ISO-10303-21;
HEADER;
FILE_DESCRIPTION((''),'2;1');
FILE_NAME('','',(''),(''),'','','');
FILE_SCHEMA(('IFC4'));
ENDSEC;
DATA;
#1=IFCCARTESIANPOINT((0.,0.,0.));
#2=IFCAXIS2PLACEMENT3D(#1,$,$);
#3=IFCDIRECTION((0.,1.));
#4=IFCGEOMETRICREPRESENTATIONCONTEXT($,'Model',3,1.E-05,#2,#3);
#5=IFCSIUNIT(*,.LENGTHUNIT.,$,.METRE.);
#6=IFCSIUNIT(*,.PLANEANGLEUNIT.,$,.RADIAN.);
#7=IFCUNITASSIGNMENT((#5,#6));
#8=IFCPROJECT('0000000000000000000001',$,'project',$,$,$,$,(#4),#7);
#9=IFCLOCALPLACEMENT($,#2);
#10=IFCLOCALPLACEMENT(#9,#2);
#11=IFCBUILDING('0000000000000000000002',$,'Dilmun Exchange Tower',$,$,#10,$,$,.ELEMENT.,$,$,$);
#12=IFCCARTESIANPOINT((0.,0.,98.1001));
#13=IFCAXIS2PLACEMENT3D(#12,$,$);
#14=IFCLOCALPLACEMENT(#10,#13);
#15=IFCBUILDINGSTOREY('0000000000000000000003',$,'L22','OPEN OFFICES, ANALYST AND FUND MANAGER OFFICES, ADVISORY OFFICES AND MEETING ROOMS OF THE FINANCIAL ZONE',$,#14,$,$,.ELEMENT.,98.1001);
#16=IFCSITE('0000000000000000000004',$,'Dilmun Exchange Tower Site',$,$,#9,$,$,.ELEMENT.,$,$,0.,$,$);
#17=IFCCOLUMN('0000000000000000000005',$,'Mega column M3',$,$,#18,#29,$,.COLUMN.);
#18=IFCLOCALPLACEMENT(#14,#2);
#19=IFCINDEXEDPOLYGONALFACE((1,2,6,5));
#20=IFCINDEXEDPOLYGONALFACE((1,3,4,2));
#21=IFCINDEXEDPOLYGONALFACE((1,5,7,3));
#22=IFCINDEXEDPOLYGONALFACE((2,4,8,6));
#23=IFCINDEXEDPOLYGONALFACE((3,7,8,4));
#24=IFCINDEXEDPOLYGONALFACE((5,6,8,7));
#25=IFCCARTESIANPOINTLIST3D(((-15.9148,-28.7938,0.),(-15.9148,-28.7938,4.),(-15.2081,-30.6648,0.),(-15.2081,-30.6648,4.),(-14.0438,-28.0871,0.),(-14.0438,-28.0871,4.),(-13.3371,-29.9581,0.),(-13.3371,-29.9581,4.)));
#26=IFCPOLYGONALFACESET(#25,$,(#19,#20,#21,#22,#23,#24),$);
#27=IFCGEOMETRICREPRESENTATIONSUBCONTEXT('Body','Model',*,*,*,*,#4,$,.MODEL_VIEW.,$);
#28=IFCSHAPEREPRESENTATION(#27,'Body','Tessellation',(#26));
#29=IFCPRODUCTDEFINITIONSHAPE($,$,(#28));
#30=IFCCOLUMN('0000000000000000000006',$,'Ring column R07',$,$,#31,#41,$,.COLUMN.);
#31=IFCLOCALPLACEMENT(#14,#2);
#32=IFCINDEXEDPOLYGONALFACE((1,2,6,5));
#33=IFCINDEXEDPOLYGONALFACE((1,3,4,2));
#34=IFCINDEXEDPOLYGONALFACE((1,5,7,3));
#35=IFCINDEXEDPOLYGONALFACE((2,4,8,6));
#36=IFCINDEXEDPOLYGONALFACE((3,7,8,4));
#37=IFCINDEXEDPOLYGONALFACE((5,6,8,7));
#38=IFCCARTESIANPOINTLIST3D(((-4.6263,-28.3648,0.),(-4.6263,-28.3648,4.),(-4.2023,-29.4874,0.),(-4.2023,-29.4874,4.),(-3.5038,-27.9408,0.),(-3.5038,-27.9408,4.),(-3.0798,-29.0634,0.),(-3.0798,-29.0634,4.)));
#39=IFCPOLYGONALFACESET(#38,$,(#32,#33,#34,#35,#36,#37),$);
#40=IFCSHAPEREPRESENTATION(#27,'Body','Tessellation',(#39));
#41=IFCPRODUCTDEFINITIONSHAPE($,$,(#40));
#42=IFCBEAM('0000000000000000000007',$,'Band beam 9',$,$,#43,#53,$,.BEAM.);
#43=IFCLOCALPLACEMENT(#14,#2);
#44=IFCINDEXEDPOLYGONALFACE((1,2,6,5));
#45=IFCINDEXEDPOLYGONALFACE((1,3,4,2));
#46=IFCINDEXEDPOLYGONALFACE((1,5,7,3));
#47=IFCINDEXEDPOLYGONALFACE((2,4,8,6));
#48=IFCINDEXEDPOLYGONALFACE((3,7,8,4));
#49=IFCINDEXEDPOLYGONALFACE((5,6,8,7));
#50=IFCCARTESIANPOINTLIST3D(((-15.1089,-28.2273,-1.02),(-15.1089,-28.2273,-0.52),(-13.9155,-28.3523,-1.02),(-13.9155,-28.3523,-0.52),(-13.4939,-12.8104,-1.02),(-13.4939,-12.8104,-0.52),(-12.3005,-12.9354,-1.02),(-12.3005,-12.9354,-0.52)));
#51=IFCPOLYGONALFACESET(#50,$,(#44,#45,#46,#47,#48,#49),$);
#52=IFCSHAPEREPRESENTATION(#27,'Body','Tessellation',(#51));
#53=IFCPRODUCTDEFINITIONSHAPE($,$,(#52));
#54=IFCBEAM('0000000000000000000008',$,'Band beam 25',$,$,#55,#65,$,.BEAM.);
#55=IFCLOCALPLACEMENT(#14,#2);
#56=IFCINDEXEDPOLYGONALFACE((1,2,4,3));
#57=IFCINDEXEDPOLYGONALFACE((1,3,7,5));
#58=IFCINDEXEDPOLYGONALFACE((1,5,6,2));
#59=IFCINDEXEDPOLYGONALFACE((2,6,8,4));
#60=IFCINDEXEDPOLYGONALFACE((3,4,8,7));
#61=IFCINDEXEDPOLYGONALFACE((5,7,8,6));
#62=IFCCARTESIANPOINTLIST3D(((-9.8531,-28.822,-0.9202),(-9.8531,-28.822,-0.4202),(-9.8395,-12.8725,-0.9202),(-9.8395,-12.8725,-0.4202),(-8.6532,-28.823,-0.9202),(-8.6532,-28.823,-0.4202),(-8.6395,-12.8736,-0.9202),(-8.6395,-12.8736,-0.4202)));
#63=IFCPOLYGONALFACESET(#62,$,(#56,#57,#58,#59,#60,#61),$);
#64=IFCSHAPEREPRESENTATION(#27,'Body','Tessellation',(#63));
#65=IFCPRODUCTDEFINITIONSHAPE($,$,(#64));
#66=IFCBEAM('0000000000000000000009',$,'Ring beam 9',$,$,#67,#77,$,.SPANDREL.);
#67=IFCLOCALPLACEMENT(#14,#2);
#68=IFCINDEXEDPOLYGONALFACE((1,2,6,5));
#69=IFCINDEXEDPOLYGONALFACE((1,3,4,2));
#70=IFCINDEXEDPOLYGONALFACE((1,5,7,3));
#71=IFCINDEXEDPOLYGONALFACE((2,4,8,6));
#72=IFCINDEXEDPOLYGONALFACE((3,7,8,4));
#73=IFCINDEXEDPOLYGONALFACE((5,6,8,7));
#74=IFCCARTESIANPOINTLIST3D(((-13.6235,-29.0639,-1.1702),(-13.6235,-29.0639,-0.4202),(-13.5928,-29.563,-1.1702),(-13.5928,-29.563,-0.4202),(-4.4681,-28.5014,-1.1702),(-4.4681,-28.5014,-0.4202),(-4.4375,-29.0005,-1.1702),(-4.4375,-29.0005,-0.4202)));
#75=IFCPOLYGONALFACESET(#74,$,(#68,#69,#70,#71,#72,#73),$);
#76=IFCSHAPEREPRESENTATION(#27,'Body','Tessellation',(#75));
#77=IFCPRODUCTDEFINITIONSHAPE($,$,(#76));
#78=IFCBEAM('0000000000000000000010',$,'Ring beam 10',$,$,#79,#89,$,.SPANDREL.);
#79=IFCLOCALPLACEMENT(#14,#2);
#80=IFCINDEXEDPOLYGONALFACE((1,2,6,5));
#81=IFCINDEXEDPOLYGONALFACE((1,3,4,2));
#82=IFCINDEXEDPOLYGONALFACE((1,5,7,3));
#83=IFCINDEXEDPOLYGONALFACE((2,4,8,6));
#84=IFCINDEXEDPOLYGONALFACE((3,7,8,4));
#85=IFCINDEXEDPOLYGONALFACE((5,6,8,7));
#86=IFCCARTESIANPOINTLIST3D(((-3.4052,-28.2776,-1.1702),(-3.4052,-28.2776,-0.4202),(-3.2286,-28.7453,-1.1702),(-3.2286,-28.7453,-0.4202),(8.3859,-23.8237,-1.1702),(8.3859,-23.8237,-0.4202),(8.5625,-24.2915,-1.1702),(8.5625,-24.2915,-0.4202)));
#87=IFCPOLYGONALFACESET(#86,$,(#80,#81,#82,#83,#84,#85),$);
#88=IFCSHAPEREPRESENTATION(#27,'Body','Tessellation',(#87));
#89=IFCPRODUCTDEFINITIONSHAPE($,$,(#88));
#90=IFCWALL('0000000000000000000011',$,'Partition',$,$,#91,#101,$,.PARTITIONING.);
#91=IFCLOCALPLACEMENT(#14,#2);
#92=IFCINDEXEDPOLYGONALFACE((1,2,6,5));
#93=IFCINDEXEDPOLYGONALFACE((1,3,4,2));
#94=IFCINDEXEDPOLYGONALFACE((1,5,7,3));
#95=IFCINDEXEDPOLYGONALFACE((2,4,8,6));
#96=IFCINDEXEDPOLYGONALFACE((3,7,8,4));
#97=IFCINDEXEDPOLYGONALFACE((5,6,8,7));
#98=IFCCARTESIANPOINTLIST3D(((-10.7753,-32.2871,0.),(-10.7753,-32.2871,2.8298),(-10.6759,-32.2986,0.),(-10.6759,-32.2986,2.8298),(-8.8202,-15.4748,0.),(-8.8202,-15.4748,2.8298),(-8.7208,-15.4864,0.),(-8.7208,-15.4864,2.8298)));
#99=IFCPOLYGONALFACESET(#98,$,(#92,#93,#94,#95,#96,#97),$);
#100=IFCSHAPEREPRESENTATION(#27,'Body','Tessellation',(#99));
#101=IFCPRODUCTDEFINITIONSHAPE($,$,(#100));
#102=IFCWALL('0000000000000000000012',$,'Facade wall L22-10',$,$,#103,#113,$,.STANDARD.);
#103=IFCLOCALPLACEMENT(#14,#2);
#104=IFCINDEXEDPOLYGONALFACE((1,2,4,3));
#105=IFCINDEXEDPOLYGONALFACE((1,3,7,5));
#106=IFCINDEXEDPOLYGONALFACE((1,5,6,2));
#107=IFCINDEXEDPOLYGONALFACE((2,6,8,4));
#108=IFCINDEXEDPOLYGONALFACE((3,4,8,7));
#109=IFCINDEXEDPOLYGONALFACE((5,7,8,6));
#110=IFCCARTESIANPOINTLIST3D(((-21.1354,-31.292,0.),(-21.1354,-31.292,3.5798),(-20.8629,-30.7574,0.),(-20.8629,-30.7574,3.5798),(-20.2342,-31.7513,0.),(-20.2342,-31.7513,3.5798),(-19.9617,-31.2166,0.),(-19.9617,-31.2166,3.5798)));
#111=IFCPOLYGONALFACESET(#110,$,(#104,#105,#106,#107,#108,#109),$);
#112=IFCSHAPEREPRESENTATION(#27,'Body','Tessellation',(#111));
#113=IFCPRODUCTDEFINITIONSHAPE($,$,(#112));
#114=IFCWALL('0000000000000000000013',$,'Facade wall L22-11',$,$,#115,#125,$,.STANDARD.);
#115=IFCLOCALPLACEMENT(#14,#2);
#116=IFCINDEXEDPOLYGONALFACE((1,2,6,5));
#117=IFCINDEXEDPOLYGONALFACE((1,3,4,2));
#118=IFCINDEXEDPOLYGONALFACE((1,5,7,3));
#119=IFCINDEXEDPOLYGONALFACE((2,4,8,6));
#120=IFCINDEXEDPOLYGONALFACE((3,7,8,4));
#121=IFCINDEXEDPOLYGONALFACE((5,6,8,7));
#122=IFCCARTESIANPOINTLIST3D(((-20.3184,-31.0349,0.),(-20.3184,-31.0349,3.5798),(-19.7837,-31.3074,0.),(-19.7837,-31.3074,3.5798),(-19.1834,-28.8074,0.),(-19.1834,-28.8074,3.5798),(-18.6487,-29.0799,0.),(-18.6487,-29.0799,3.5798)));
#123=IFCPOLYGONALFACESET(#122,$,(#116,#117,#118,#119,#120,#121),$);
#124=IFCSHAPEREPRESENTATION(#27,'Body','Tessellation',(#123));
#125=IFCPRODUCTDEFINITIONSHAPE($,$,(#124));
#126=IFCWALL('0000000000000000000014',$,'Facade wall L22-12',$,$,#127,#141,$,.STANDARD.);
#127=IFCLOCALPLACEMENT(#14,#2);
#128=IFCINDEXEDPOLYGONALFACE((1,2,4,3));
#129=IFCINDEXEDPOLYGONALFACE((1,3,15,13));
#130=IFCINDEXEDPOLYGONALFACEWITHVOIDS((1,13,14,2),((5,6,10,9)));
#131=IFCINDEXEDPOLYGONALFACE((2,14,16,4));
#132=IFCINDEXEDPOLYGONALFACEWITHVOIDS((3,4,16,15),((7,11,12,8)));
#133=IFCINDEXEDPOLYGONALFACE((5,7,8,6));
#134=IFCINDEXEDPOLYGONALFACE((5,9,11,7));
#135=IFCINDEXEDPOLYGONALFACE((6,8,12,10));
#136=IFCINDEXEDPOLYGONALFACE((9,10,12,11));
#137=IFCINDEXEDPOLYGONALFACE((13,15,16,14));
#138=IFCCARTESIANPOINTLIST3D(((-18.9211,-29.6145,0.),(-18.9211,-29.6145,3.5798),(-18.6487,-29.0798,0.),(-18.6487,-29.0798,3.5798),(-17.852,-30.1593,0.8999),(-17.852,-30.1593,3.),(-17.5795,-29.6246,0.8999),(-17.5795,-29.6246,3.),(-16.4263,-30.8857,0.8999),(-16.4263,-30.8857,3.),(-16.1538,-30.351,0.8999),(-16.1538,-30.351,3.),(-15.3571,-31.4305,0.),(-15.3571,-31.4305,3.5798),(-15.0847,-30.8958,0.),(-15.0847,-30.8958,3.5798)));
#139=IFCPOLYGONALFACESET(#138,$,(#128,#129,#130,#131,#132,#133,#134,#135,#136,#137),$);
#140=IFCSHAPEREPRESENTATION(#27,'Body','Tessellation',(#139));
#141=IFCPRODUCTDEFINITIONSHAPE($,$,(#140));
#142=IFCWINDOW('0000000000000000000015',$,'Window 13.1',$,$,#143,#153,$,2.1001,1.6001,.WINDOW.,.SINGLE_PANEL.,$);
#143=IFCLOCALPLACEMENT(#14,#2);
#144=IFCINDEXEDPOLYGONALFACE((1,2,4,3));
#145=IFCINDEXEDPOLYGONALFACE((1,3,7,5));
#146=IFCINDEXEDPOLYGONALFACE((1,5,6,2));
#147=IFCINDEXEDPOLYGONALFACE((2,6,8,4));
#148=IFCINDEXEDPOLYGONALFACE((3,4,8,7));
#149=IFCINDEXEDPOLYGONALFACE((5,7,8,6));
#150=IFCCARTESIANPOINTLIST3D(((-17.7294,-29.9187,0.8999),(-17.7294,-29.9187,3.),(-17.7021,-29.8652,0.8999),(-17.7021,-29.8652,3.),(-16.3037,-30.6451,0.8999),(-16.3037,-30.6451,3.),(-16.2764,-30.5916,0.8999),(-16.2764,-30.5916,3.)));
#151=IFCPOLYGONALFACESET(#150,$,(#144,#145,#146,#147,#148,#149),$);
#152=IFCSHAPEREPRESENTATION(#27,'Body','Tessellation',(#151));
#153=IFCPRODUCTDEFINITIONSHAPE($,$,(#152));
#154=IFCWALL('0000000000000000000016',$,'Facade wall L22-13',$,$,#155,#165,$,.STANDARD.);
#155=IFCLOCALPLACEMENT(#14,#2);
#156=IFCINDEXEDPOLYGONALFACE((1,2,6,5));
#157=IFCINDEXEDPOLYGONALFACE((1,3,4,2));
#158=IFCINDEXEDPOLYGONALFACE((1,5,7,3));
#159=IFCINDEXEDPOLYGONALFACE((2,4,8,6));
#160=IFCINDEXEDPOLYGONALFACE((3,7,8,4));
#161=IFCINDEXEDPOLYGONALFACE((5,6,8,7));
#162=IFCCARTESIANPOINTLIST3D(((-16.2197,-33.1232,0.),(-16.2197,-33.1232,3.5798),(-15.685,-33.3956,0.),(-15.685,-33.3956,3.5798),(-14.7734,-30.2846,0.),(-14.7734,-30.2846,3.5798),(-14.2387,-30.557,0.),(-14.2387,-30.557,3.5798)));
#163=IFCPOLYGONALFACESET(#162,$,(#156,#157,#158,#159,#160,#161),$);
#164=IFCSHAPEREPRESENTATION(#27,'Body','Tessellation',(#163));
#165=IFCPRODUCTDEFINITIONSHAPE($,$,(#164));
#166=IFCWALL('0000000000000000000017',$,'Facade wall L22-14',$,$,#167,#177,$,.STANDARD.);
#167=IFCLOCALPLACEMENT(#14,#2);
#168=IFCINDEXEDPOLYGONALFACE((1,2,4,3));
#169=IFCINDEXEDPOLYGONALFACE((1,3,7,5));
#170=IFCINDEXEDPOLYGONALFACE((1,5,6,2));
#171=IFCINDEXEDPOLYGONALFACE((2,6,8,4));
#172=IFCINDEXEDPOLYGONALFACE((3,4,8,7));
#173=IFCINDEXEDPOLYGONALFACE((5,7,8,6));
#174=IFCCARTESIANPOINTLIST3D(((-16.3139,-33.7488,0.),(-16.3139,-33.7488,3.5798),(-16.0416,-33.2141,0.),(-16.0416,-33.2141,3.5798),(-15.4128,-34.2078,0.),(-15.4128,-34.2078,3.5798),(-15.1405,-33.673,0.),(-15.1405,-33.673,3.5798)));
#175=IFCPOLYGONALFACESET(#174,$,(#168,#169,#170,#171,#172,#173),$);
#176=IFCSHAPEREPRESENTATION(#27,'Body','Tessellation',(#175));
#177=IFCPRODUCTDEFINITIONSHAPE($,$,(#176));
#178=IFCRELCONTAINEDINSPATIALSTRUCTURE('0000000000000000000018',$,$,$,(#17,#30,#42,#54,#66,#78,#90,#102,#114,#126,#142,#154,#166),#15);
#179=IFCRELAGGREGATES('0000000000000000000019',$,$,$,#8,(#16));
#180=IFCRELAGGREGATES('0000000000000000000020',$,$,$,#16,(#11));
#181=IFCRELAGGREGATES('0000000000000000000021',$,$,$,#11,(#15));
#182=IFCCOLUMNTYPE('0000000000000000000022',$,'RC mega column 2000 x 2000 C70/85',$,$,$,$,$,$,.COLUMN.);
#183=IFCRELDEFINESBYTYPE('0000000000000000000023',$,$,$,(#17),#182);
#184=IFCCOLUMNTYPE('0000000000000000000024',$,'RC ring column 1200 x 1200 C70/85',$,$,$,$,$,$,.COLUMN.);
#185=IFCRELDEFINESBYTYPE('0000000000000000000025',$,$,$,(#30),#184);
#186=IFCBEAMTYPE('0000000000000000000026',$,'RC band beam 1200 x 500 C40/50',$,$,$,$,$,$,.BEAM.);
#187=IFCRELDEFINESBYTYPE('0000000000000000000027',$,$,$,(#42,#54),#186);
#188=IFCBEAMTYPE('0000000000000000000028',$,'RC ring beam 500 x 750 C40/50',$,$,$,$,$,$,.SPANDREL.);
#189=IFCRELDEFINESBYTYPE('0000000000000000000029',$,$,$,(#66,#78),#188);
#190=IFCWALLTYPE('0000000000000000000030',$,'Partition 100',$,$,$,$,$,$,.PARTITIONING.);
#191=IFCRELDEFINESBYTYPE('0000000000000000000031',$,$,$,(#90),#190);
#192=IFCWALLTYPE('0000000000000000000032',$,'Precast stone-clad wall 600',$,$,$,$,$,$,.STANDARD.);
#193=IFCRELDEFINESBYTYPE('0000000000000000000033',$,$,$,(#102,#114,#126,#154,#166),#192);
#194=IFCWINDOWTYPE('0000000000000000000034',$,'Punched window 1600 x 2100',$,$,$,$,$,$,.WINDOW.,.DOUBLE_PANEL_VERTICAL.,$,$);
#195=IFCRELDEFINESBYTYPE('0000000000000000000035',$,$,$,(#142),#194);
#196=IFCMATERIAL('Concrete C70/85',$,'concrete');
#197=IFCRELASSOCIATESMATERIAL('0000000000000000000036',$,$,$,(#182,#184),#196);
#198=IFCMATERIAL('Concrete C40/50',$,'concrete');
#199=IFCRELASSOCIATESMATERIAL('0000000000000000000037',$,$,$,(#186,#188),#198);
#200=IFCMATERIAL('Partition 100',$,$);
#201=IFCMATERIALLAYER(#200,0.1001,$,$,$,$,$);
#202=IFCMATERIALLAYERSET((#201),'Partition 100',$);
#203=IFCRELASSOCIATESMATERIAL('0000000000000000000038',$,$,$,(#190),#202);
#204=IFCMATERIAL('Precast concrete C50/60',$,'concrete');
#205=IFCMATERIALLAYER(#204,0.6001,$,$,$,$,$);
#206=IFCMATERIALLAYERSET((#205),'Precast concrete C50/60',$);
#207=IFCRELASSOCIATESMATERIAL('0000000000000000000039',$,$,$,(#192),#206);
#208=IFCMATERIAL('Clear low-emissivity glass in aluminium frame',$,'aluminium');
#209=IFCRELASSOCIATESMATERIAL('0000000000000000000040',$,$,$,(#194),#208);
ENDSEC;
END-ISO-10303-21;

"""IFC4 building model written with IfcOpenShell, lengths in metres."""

from ifc_helpers import new_model, si_unit, direction, frame, frame_2d, origin, origin_2d, place, context, subcontext, project, spatial, rectangle, extrude, material, layer, layer_set, material_profile, profile_set, type_object, element, fill, save


model = new_model("IFC4")

# Units and contexts
model_context = context("Model", 3, precision=1e-05, world=origin(), true_north=direction((0.0, 1.0)))
body_context = subcontext(model_context, "Body", "Model", "MODEL_VIEW")
ifc_project = project(units=[si_unit("LENGTHUNIT", "METRE"), si_unit("PLANEANGLEUNIT", "RADIAN")], contexts=[model_context])

# Site, building, storey
site_placement = place(None, origin())
site = spatial("IfcSite", under=ifc_project, at=site_placement, Name="Dilmun Exchange Tower Site", CompositionType="ELEMENT", RefElevation=0.0)
building_placement = place(site_placement, origin())
building = spatial("IfcBuilding", under=site, at=building_placement, Name="Dilmun Exchange Tower", CompositionType="ELEMENT")
storey_placement = place(building_placement, frame((0.0, 0.0, 98.1001)))
storey = spatial("IfcBuildingStorey", under=building, at=storey_placement, Name="L22", Description="OPEN OFFICES, ANALYST AND FUND MANAGER OFFICES, ADVISORY OFFICES AND MEETING ROOMS OF THE FINANCIAL ZONE", CompositionType="ELEMENT", Elevation=98.1001)

# Columns
ifc_material_1 = material(Name="Concrete C70/85", Category="concrete")
ifc_material_profile_1 = material_profile(ifc_material_1, rectangle(XDim=2.0, YDim=2.0, at=origin_2d()), Name="2000 x 2000")
ifc_profile_set_1 = profile_set([ifc_material_profile_1], Name="Concrete C70/85")
column_type_1 = type_object("IfcColumnType", Name="RC mega column 2000 x 2000 C70/85", PredefinedType="COLUMN", material=ifc_profile_set_1)
column_1_placement = place(storey_placement, frame((-14.626, -29.376, 0.0), z_axis=(0.0, 0.0, 1.0), x_axis=(0.935492, 0.353349, 0.0)))
element("IfcColumn", 1, at=column_1_placement, inside=storey, type_object=column_type_1, Name="Mega column M3", PredefinedType="COLUMN", context=body_context, shape_type="SweptSolid", body=[
    extrude(rectangle(XDim=2.0, YDim=2.0, at=origin_2d()), origin(), (0.0, 0.0, 1.0), 4.0),
])
ifc_material_profile_2 = material_profile(ifc_material_1, rectangle(XDim=1.2, YDim=1.2, at=origin_2d()), Name="1200 x 1200")
ifc_profile_set_2 = profile_set([ifc_material_profile_2], Name="Concrete C70/85")
column_type_2 = type_object("IfcColumnType", Name="RC ring column 1200 x 1200 C70/85", PredefinedType="COLUMN", material=ifc_profile_set_2)
column_2_placement = place(storey_placement, frame((-3.853, -28.7141, 0.0), z_axis=(0.0, 0.0, 1.0), x_axis=(0.935492, 0.353349, 0.0)))
element("IfcColumn", 2, at=column_2_placement, inside=storey, type_object=column_type_2, Name="Ring column R07", PredefinedType="COLUMN", context=body_context, shape_type="SweptSolid", body=[
    extrude(rectangle(XDim=1.2, YDim=1.2, at=origin_2d()), origin(), (0.0, 0.0, 1.0), 4.0),
])

# Beams
ifc_material_2 = material(Name="Concrete C40/50", Category="concrete")
ifc_material_profile_3 = material_profile(ifc_material_2, rectangle(XDim=1.2, YDim=0.5, at=origin_2d()), Name="1200 x 500")
ifc_profile_set_3 = profile_set([ifc_material_profile_3], Name="Concrete C40/50")
beam_type_1 = type_object("IfcBeamType", Name="RC band beam 1200 x 500 C40/50", PredefinedType="BEAM", material=ifc_profile_set_3)
beam_1_placement = place(storey_placement, frame((-14.5122, -28.2898, -0.77), z_axis=(0.104185, 0.994558, 0.0), x_axis=(-0.994558, 0.104185, 0.0)))
element("IfcBeam", 3, at=beam_1_placement, inside=storey, type_object=beam_type_1, Name="Band beam 9", PredefinedType="BEAM", context=body_context, shape_type="SweptSolid", body=[
    extrude(rectangle(XDim=1.2, YDim=0.5, at=origin_2d()), origin(), (0.0, 0.0, 1.0), 15.5012),
])
beam_2_placement = place(storey_placement, frame((-9.2532, -28.8225, -0.6702), z_axis=(0.000857, 1.0, 0.0), x_axis=(-1.0, 0.000857, 0.0)))
element("IfcBeam", 4, at=beam_2_placement, inside=storey, type_object=beam_type_1, Name="Band beam 25", PredefinedType="BEAM", context=body_context, shape_type="SweptSolid", body=[
    extrude(rectangle(XDim=1.2, YDim=0.5, at=origin_2d()), origin(), (0.0, 0.0, 1.0), 15.9495),
])
ifc_material_profile_4 = material_profile(ifc_material_2, rectangle(XDim=0.5, YDim=0.75, at=origin_2d()), Name="500 x 750")
ifc_profile_set_4 = profile_set([ifc_material_profile_4], Name="Concrete C40/50")
beam_type_2 = type_object("IfcBeamType", Name="RC ring beam 500 x 750 C40/50", PredefinedType="SPANDREL", material=ifc_profile_set_4)
beam_3_placement = place(storey_placement, frame((-13.6082, -29.3135, -0.7952), z_axis=(0.998118, 0.061324, 0.0), x_axis=(-0.061324, 0.998118, 0.0)))
element("IfcBeam", 5, at=beam_3_placement, inside=storey, type_object=beam_type_2, Name="Ring beam 9", PredefinedType="SPANDREL", context=body_context, shape_type="SweptSolid", body=[
    extrude(rectangle(XDim=0.5, YDim=0.75, at=origin_2d()), origin(), (0.0, 0.0, 1.0), 9.1726),
])
beam_4_placement = place(storey_placement, frame((-3.3169, -28.5115, -0.7952), z_axis=(0.935486, 0.353364, 0.0), x_axis=(-0.353364, 0.935486, 0.0)))
element("IfcBeam", 6, at=beam_4_placement, inside=storey, type_object=beam_type_2, Name="Ring beam 10", PredefinedType="SPANDREL", context=body_context, shape_type="SweptSolid", body=[
    extrude(rectangle(XDim=0.5, YDim=0.75, at=origin_2d()), origin(), (0.0, 0.0, 1.0), 12.6042),
])

# Walls
ifc_material_3 = material(Name="Partition 100")
ifc_layer_1 = layer(ifc_material_3, 0.1001)
ifc_layer_set_1 = layer_set([ifc_layer_1], Name="Partition 100")
wall_type_1 = type_object("IfcWallType", Name="Partition 100", PredefinedType="PARTITIONING", material=ifc_layer_set_1)
wall_1_placement = place(storey_placement, frame((-10.7256, -32.293, 0.0), z_axis=(0.0, 0.0, 1.0), x_axis=(0.11551, 0.993306, 0.0)))
element("IfcWall", 7, at=wall_1_placement, inside=storey, type_object=wall_type_1, Name="Partition", PredefinedType="PARTITIONING", context=body_context, shape_type="SweptSolid", body=[
    extrude(rectangle(XDim=16.9255, YDim=0.1001, at=frame_2d((8.4629, 0.0))), origin(), (0.0, 0.0, 1.0), 2.8298),
])
ifc_material_4 = material(Name="Precast concrete C50/60", Category="concrete")
ifc_layer_2 = layer(ifc_material_4, 0.6001)
ifc_layer_set_2 = layer_set([ifc_layer_2], Name="Precast concrete C50/60")
wall_type_2 = type_object("IfcWallType", Name="Precast stone-clad wall 600", PredefinedType="STANDARD", material=ifc_layer_set_2)
wall_2_placement = place(storey_placement, frame((-20.9993, -31.0247, 0.0), z_axis=(0.0, 0.0, 1.0), x_axis=(0.890973, -0.454056, 0.0)))
element("IfcWall", 8, at=wall_2_placement, inside=storey, type_object=wall_type_2, Name="Facade wall L22-10", PredefinedType="STANDARD", context=body_context, shape_type="SweptSolid", body=[
    extrude(rectangle(XDim=1.0115, YDim=0.6001, at=frame_2d((0.5059, 0.0))), origin(), (0.0, 0.0, 1.0), 3.5798),
])
wall_3_placement = place(storey_placement, frame((-20.051, -31.1711, 0.0), z_axis=(0.0, 0.0, 1.0), x_axis=(0.453997, 0.891003, 0.0)))
element("IfcWall", 9, at=wall_3_placement, inside=storey, type_object=wall_type_2, Name="Facade wall L22-11", PredefinedType="STANDARD", context=body_context, shape_type="SweptSolid", body=[
    extrude(rectangle(XDim=2.5, YDim=0.6001, at=frame_2d((1.25, 0.0))), origin(), (0.0, 0.0, 1.0), 3.5798),
])

# Wall, opening, window
wall_4_placement = place(storey_placement, frame((-18.7849, -29.3472, 0.0), z_axis=(0.0, 0.0, 1.0), x_axis=(0.891008, -0.453988, 0.0)))
wall_4 = element("IfcWall", 10, at=wall_4_placement, inside=storey, type_object=wall_type_2, Name="Facade wall L22-12", PredefinedType="STANDARD", context=body_context, shape_type="SweptSolid", body=[
    extrude(rectangle(XDim=4.0, YDim=0.6001, at=frame_2d((2.0, 0.0))), origin(), (0.0, 0.0, 1.0), 3.5798),
])
opening_1_placement = place(wall_4_placement, frame((1.2, 0.0, 0.8999)))
opening_1 = element("IfcOpeningElement", 11, at=opening_1_placement, cuts=wall_4, PredefinedType="OPENING", context=body_context, shape_type="SweptSolid", body=[
    extrude(rectangle(XDim=1.6001, YDim=2.1001, at=frame_2d((0.8, 1.05))), frame((0.0, 0.3101, 0.0), z_axis=(0.0, -1.0, 0.0), x_axis=(1.0, 0.0, 0.0)), (0.0, 0.0, 1.0), 0.6201),
])
ifc_material_5 = material(Name="Clear low-emissivity glass in aluminium frame", Category="aluminium")
window_type_1 = type_object("IfcWindowType", Name="Punched window 1600 x 2100", PartitioningType="DOUBLE_PANEL_VERTICAL", PredefinedType="WINDOW", material=ifc_material_5)
window_1_placement = place(opening_1_placement, origin())
window_1 = element("IfcWindow", 12, at=window_1_placement, inside=storey, type_object=window_type_1, Name="Window 13.1", OverallHeight=2.1001, OverallWidth=1.6001, PartitioningType="SINGLE_PANEL", PredefinedType="WINDOW", context=body_context, shape_type="SweptSolid", body=[
    extrude(rectangle(XDim=1.6001, YDim=2.1001, at=frame_2d((0.8, 1.05))), frame((0.0, 0.03, 0.0), z_axis=(0.0, -1.0, 0.0), x_axis=(1.0, 0.0, 0.0)), (0.0, 0.0, 1.0), 0.0601),
])
fill(opening_1, window_1)

# Walls
wall_5_placement = place(storey_placement, frame((-14.5061, -30.4209, 0.0), z_axis=(0.0, 0.0, 1.0), x_axis=(-0.453975, -0.891014, 0.0)))
element("IfcWall", 13, at=wall_5_placement, inside=storey, type_object=wall_type_2, Name="Facade wall L22-13", PredefinedType="STANDARD", context=body_context, shape_type="SweptSolid", body=[
    extrude(rectangle(XDim=3.1858, YDim=0.6001, at=frame_2d((1.5928, 0.0))), origin(), (0.0, 0.0, 1.0), 3.5798),
])
wall_6_placement = place(storey_placement, frame((-16.1777, -33.4814, 0.0), z_axis=(0.0, 0.0, 1.0), x_axis=(0.891071, -0.453864, 0.0)))
element("IfcWall", 14, at=wall_6_placement, inside=storey, type_object=wall_type_2, Name="Facade wall L22-14", PredefinedType="STANDARD", context=body_context, shape_type="SweptSolid", body=[
    extrude(rectangle(XDim=1.0112, YDim=0.6001, at=frame_2d((0.5056, 0.0))), origin(), (0.0, 0.0, 1.0), 3.5798),
])

save(model, "model.ifc")
